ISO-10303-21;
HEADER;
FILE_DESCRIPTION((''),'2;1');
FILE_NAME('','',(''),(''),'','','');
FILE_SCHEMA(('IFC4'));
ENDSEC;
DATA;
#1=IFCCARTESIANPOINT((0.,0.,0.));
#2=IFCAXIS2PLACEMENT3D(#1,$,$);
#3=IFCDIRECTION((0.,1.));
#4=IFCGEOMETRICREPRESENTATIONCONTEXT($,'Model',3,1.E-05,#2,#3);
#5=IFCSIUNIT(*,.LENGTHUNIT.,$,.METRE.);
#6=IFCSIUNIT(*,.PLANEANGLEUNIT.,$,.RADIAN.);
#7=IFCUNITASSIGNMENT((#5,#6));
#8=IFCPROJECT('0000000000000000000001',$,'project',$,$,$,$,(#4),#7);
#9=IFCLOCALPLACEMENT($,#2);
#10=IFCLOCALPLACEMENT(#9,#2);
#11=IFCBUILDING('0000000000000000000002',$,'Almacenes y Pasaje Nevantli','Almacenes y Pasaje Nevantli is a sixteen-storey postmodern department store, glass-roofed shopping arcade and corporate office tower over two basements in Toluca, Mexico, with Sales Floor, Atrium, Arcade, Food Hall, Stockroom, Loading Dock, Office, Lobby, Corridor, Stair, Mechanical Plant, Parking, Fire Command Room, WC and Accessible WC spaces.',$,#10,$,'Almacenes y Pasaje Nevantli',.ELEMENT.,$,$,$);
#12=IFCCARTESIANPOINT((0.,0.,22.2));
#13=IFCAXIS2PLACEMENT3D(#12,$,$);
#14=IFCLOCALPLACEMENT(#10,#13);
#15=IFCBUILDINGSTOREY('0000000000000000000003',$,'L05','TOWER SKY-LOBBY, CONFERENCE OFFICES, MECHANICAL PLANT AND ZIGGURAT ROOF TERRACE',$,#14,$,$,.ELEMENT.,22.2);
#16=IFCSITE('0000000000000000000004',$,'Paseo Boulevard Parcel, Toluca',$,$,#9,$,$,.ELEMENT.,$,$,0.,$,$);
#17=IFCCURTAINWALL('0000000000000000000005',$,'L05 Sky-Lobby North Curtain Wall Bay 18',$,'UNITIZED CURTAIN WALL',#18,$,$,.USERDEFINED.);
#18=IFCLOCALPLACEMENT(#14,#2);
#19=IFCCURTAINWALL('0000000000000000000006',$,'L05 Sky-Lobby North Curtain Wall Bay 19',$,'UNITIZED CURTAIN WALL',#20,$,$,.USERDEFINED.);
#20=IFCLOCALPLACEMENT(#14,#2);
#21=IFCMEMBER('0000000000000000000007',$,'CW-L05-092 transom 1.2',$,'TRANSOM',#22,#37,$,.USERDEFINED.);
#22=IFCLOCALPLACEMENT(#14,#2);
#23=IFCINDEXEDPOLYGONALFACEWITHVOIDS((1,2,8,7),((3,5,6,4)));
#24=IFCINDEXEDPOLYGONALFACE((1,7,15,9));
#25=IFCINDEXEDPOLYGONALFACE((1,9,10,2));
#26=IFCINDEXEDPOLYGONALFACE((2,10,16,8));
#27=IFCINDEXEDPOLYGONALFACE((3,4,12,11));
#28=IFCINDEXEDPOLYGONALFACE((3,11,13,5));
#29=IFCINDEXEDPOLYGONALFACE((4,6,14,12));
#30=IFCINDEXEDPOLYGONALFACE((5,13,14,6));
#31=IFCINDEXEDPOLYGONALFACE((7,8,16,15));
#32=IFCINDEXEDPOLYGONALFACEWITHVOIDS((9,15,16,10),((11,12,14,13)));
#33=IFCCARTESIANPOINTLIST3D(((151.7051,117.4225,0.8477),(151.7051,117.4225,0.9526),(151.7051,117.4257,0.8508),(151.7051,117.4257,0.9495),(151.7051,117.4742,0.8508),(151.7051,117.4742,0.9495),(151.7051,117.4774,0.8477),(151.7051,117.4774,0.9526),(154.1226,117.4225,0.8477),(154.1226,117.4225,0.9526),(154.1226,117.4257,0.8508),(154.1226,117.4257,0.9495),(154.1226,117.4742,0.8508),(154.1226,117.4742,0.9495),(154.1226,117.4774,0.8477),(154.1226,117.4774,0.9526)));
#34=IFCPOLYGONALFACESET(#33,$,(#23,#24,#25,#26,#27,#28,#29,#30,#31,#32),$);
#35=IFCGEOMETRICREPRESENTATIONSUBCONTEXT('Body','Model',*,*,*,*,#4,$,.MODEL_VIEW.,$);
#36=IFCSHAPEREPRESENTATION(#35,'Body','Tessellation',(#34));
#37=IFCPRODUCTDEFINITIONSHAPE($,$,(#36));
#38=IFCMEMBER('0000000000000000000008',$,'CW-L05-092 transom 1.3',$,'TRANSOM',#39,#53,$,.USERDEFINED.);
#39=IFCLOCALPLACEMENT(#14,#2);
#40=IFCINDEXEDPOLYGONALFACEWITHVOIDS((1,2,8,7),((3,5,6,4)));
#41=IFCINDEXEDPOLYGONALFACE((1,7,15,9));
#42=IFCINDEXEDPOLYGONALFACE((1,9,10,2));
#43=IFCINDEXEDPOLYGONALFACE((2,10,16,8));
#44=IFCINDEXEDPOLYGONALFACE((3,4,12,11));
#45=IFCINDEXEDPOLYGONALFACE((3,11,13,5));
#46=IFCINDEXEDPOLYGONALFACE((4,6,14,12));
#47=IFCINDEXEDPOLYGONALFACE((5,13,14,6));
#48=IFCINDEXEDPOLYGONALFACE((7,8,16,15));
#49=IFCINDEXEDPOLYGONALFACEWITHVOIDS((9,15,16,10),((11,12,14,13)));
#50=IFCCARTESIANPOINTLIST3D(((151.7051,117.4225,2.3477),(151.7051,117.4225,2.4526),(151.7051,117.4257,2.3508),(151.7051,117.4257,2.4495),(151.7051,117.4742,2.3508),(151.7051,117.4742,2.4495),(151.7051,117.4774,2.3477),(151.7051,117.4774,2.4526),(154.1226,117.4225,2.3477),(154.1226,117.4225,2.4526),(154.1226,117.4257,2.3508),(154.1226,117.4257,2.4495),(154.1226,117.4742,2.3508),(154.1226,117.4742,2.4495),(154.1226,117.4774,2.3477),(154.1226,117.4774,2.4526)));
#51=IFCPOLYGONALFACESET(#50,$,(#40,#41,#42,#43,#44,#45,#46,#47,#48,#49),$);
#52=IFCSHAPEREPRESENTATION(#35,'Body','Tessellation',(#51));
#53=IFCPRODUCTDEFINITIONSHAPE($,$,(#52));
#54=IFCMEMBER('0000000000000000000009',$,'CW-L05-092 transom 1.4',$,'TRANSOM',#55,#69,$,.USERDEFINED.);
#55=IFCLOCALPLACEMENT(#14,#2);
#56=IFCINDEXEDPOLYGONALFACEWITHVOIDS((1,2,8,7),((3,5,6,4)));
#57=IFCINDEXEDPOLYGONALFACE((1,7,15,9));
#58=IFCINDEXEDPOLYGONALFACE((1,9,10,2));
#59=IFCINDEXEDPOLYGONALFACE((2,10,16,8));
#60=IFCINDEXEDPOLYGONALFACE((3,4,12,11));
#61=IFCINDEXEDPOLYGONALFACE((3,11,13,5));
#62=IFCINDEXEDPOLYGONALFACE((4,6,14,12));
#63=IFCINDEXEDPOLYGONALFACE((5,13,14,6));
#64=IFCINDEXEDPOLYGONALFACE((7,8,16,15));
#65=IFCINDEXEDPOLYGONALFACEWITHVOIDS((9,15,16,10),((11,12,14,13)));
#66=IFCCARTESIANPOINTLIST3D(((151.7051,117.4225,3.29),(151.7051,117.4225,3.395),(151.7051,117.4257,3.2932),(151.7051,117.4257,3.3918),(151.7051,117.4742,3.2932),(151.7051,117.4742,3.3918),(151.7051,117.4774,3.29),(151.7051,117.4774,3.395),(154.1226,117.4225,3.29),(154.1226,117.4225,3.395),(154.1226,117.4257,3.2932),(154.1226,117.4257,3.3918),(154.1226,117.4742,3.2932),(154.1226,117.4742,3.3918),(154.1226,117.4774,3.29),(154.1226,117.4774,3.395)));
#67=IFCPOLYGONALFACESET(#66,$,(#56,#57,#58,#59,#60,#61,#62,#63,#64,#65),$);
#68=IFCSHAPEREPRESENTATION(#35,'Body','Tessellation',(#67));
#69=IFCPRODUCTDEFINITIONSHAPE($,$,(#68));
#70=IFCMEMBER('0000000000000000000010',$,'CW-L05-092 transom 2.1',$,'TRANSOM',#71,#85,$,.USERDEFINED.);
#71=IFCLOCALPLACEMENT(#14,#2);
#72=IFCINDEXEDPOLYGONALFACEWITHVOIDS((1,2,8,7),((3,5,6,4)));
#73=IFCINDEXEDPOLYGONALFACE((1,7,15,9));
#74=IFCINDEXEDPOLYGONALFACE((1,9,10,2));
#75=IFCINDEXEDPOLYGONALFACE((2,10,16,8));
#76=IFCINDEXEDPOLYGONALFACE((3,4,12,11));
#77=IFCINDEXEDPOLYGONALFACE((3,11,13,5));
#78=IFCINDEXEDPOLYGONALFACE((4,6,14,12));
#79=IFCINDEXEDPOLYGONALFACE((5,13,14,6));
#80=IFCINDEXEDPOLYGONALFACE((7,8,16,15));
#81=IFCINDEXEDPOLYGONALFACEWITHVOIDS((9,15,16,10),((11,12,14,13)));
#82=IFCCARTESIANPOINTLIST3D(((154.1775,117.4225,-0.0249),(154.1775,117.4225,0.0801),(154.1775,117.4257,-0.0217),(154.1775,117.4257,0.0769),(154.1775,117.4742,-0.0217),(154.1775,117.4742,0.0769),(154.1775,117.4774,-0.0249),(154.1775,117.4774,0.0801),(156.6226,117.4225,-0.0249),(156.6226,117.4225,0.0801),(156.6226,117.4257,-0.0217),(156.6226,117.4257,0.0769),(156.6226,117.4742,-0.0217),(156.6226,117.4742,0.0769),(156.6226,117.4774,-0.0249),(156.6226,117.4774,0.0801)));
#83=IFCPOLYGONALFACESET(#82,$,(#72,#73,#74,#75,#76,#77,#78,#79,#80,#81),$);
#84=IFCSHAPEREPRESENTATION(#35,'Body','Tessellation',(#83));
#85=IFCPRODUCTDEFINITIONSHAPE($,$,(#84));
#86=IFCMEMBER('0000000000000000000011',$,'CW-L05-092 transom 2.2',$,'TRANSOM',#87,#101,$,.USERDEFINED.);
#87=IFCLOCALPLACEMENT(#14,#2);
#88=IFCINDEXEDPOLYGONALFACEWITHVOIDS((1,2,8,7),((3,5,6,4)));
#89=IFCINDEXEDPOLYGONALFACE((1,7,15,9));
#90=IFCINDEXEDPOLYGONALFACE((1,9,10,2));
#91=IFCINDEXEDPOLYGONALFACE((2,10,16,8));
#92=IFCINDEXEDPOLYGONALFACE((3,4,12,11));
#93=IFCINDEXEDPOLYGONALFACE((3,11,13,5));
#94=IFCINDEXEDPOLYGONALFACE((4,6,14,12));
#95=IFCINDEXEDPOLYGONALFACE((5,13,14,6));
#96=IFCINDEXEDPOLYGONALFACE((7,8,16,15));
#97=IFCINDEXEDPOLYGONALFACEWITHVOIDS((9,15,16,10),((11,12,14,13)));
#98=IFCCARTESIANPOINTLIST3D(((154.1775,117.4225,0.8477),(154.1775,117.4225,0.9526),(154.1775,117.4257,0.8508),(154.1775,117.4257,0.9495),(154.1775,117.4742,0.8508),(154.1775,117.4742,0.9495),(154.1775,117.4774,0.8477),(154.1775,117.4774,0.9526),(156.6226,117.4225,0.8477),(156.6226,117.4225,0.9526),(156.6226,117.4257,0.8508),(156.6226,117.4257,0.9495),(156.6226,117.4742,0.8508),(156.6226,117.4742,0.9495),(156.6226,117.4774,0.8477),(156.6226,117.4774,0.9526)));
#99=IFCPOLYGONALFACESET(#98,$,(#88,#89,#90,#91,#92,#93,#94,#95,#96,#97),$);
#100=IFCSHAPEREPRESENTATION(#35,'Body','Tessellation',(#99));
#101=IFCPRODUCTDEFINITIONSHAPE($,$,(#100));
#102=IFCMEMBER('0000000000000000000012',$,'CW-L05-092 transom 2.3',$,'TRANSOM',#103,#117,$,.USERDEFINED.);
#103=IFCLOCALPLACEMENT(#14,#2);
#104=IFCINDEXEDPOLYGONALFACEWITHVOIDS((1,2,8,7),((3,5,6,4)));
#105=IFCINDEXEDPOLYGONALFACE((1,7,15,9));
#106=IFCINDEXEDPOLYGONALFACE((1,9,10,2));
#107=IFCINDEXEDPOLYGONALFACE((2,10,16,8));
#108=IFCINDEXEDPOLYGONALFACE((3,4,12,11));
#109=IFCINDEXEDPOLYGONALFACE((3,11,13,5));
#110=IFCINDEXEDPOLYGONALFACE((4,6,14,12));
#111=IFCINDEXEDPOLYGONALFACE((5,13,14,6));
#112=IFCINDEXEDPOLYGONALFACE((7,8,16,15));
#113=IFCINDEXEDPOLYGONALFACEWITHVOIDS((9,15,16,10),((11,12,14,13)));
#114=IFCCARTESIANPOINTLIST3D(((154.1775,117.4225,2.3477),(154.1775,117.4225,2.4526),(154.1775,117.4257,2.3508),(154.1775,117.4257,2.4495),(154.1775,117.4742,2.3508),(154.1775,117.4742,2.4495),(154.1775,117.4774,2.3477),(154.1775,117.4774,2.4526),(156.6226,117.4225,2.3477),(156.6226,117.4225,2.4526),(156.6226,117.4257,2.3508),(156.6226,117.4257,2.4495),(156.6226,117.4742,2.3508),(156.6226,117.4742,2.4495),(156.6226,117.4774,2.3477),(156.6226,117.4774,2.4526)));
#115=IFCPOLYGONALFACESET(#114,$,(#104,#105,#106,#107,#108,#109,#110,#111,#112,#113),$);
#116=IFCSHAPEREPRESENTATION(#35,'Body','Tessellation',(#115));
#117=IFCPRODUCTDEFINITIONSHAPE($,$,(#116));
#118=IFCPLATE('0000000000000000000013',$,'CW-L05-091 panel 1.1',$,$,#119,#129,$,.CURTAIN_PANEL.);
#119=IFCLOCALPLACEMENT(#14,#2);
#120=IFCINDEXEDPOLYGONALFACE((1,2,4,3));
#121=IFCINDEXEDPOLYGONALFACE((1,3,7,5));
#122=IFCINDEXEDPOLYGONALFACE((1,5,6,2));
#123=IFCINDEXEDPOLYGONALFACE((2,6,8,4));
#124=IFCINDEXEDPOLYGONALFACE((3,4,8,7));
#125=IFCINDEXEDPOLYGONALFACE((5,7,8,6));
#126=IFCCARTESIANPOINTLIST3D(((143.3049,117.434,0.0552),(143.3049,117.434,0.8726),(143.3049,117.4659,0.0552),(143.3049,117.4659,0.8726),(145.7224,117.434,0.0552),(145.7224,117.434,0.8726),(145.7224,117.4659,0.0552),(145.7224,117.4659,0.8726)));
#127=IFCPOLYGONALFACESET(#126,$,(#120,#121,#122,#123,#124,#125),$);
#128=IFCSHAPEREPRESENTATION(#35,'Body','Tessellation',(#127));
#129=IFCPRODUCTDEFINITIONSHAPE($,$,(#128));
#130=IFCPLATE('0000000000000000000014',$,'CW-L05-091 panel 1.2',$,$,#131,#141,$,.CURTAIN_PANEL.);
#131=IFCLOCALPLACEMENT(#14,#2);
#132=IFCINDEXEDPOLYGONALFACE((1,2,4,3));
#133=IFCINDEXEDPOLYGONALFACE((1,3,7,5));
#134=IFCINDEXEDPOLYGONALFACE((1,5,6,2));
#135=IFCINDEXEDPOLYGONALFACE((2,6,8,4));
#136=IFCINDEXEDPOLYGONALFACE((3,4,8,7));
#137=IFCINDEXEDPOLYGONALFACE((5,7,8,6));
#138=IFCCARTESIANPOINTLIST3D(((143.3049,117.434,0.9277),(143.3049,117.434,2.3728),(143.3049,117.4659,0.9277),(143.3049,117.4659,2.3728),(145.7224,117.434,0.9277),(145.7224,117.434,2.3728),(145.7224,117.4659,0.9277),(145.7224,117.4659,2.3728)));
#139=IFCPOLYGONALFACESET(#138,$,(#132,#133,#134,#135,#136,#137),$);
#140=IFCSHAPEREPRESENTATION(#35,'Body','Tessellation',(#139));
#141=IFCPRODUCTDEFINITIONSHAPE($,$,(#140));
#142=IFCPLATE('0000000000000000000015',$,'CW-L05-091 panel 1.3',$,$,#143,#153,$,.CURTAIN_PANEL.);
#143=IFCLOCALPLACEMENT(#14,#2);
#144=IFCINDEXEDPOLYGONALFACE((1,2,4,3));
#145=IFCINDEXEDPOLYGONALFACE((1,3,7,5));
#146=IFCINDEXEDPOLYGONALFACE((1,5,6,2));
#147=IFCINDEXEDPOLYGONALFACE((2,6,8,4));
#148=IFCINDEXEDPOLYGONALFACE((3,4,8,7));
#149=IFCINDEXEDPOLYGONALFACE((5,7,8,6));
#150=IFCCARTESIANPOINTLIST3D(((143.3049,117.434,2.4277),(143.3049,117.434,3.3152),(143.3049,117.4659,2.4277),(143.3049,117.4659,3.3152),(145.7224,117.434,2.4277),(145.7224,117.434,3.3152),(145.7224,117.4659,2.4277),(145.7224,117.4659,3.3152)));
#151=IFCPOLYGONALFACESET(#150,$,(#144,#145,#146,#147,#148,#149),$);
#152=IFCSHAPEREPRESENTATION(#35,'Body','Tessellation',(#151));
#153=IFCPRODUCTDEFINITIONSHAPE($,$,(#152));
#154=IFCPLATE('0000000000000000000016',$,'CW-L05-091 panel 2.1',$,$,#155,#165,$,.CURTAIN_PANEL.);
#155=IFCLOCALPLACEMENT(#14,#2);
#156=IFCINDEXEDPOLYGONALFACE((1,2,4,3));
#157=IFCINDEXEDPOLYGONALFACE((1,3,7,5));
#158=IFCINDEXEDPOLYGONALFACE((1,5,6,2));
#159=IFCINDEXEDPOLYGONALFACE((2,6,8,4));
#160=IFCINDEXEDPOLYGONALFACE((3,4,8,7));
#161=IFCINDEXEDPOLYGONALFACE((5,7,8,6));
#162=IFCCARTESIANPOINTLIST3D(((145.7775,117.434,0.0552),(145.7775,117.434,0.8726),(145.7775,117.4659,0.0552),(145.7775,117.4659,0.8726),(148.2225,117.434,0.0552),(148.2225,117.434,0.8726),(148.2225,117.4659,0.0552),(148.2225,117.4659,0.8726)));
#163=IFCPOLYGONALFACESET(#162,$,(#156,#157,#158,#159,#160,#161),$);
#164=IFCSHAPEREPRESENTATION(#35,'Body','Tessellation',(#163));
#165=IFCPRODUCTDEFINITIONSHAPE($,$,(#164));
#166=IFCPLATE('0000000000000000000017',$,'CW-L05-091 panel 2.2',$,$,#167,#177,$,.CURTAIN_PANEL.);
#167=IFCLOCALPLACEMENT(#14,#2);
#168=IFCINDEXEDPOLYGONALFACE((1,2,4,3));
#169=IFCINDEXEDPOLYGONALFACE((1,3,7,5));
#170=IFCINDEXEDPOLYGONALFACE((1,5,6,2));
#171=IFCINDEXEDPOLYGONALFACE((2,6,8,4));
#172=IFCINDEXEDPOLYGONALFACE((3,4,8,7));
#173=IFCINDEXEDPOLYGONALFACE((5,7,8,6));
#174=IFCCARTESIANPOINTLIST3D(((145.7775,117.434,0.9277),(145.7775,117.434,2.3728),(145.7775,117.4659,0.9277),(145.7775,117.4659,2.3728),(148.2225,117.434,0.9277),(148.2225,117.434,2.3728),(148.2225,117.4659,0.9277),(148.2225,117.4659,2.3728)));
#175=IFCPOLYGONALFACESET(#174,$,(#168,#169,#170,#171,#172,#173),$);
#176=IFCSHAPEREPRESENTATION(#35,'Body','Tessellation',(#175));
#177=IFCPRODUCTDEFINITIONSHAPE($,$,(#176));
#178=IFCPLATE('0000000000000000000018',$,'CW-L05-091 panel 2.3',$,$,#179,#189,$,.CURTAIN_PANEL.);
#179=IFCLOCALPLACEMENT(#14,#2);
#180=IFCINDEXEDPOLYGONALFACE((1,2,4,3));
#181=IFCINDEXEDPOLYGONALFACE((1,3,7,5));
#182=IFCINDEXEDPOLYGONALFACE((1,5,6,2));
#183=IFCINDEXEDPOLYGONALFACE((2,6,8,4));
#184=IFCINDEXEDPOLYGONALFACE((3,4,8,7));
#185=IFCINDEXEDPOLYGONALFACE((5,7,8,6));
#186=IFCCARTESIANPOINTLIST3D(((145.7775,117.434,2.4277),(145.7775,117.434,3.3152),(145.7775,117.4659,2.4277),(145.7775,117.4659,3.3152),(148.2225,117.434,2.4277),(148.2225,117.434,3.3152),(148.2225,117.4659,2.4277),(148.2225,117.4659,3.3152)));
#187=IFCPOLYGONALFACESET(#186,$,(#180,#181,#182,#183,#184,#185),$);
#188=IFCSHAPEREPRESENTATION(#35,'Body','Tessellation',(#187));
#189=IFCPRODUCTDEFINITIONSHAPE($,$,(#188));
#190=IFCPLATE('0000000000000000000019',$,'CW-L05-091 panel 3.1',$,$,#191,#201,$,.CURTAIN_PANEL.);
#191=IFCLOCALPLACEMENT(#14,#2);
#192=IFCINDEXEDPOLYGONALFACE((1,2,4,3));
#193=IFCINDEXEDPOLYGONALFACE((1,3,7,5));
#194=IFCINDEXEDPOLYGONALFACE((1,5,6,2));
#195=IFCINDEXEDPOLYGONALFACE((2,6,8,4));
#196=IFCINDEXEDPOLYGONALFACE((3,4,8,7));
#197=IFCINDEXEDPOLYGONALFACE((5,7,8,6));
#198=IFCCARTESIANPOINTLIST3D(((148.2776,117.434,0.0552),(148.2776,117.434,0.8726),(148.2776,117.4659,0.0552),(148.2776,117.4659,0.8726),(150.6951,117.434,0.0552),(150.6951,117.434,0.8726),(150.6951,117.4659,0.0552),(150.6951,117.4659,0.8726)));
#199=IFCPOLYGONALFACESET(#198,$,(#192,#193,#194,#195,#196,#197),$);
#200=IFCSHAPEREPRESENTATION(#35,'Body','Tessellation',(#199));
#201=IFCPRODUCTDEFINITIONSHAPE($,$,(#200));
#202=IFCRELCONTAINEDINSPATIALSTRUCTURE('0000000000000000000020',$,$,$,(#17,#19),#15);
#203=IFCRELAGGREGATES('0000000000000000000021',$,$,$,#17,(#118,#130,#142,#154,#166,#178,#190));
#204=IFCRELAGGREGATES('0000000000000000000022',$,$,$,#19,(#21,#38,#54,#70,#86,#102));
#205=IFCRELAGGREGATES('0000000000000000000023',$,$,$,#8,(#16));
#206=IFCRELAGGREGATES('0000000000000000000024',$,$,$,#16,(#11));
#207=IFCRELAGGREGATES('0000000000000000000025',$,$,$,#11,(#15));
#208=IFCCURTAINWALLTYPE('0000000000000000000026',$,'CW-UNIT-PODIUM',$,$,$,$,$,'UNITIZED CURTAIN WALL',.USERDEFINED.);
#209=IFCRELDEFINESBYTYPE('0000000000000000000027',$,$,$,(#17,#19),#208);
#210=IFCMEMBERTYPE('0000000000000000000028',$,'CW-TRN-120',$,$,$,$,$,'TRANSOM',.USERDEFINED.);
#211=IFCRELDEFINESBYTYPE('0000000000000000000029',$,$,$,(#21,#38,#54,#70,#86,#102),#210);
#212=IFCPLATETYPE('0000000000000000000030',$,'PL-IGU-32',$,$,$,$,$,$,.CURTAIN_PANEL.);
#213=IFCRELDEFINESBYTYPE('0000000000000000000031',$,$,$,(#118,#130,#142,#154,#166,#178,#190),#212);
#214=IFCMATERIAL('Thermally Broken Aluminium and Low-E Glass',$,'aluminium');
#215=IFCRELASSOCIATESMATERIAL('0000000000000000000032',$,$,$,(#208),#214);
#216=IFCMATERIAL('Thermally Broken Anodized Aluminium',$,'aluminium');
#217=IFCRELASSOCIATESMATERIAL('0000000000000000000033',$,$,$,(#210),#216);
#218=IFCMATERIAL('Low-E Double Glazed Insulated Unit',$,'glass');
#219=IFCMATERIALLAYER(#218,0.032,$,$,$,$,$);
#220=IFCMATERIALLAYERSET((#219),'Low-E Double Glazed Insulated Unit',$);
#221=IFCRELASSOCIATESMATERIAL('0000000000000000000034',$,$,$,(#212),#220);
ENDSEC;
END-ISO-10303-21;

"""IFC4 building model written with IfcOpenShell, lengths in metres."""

from ifc_helpers import new_model, si_unit, direction, frame, origin, origin_2d, place, context, subcontext, project, spatial, rectangle, hollow_rectangle, extrude, material, layer, layer_set, material_profile, profile_set, type_object, element, aggregate, save


model = new_model("IFC4")

# Units and contexts
model_context = context("Model", 3, precision=1e-05, world=origin(), true_north=direction((0.0, 1.0)))
body_context = subcontext(model_context, "Body", "Model", "MODEL_VIEW")
ifc_project = project(units=[si_unit("LENGTHUNIT", "METRE"), si_unit("PLANEANGLEUNIT", "RADIAN")], contexts=[model_context])

# Site, building, storey
site_placement = place(None, origin())
site = spatial("IfcSite", under=ifc_project, at=site_placement, Name="Paseo Boulevard Parcel, Toluca", CompositionType="ELEMENT", RefElevation=0.0)
building_placement = place(site_placement, origin())
building = spatial("IfcBuilding", under=site, at=building_placement, Name="Almacenes y Pasaje Nevantli", Description="Almacenes y Pasaje Nevantli is a sixteen-storey postmodern department store, glass-roofed shopping arcade and corporate office tower over two basements in Toluca, Mexico, with Sales Floor, Atrium, Arcade, Food Hall, Stockroom, Loading Dock, Office, Lobby, Corridor, Stair, Mechanical Plant, Parking, Fire Command Room, WC and Accessible WC spaces.", LongName="Almacenes y Pasaje Nevantli", CompositionType="ELEMENT")
storey_placement = place(building_placement, frame((0.0, 0.0, 22.2)))
storey = spatial("IfcBuildingStorey", under=building, at=storey_placement, Name="L05", Description="TOWER SKY-LOBBY, CONFERENCE OFFICES, MECHANICAL PLANT AND ZIGGURAT ROOF TERRACE", CompositionType="ELEMENT", Elevation=22.2)

# Curtain walls
ifc_material_1 = material(Name="Thermally Broken Aluminium and Low-E Glass", Category="aluminium")
curtain_wall_type = type_object("IfcCurtainWallType", Name="CW-UNIT-PODIUM", ElementType="UNITIZED CURTAIN WALL", PredefinedType="USERDEFINED", material=ifc_material_1)
curtain_wall_1_placement = place(storey_placement, origin())
curtain_wall_1 = element("IfcCurtainWall", 1, at=curtain_wall_1_placement, inside=storey, type_object=curtain_wall_type, Name="L05 Sky-Lobby North Curtain Wall Bay 18", ObjectType="UNITIZED CURTAIN WALL", PredefinedType="USERDEFINED")
curtain_wall_2_placement = place(storey_placement, origin())
curtain_wall_2 = element("IfcCurtainWall", 2, at=curtain_wall_2_placement, inside=storey, type_object=curtain_wall_type, Name="L05 Sky-Lobby North Curtain Wall Bay 19", ObjectType="UNITIZED CURTAIN WALL", PredefinedType="USERDEFINED")

# Members
ifc_material_2 = material(Name="Thermally Broken Anodized Aluminium", Category="aluminium")
ifc_material_profile_1 = material_profile(ifc_material_2, hollow_rectangle(XDim=0.0549, YDim=0.105, WallThickness=0.0032, at=origin_2d()), Name="ALU-TRN-55x105")
ifc_profile_set_1 = profile_set([ifc_material_profile_1], Name="Thermally Broken Anodized Aluminium")
member_type_1 = type_object("IfcMemberType", Name="CW-TRN-120", ElementType="TRANSOM", PredefinedType="USERDEFINED", material=ifc_profile_set_1)
member_1_placement = place(storey_placement, frame((151.7051, 117.45, 0.9001), z_axis=(1.0, 0.0, 0.0), x_axis=(0.0, 1.0, 0.0)))
member_1 = element("IfcMember", 3, at=member_1_placement, type_object=member_type_1, Name="CW-L05-092 transom 1.2", ObjectType="TRANSOM", PredefinedType="USERDEFINED", context=body_context, shape_type="SweptSolid", body=[
    extrude(hollow_rectangle(XDim=0.0549, YDim=0.105, WallThickness=0.0032, at=origin_2d()), origin(), (0.0, 0.0, 1.0), 2.4175),
])
member_2_placement = place(storey_placement, frame((151.7051, 117.45, 2.4001), z_axis=(1.0, 0.0, 0.0), x_axis=(0.0, 1.0, 0.0)))
member_2 = element("IfcMember", 4, at=member_2_placement, type_object=member_type_1, Name="CW-L05-092 transom 1.3", ObjectType="TRANSOM", PredefinedType="USERDEFINED", context=body_context, shape_type="SweptSolid", body=[
    extrude(hollow_rectangle(XDim=0.0549, YDim=0.105, WallThickness=0.0032, at=origin_2d()), origin(), (0.0, 0.0, 1.0), 2.4175),
])
member_3_placement = place(storey_placement, frame((151.7051, 117.45, 3.3425), z_axis=(1.0, 0.0, 0.0), x_axis=(0.0, 1.0, 0.0)))
member_3 = element("IfcMember", 5, at=member_3_placement, type_object=member_type_1, Name="CW-L05-092 transom 1.4", ObjectType="TRANSOM", PredefinedType="USERDEFINED", context=body_context, shape_type="SweptSolid", body=[
    extrude(hollow_rectangle(XDim=0.0549, YDim=0.105, WallThickness=0.0032, at=origin_2d()), origin(), (0.0, 0.0, 1.0), 2.4175),
])
member_4_placement = place(storey_placement, frame((154.1775, 117.45, 0.0276), z_axis=(1.0, 0.0, 0.0), x_axis=(0.0, 1.0, 0.0)))
member_4 = element("IfcMember", 6, at=member_4_placement, type_object=member_type_1, Name="CW-L05-092 transom 2.1", ObjectType="TRANSOM", PredefinedType="USERDEFINED", context=body_context, shape_type="SweptSolid", body=[
    extrude(hollow_rectangle(XDim=0.0549, YDim=0.105, WallThickness=0.0032, at=origin_2d()), origin(), (0.0, 0.0, 1.0), 2.4451),
])
member_5_placement = place(storey_placement, frame((154.1775, 117.45, 0.9001), z_axis=(1.0, 0.0, 0.0), x_axis=(0.0, 1.0, 0.0)))
member_5 = element("IfcMember", 7, at=member_5_placement, type_object=member_type_1, Name="CW-L05-092 transom 2.2", ObjectType="TRANSOM", PredefinedType="USERDEFINED", context=body_context, shape_type="SweptSolid", body=[
    extrude(hollow_rectangle(XDim=0.0549, YDim=0.105, WallThickness=0.0032, at=origin_2d()), origin(), (0.0, 0.0, 1.0), 2.4451),
])
member_6_placement = place(storey_placement, frame((154.1775, 117.45, 2.4001), z_axis=(1.0, 0.0, 0.0), x_axis=(0.0, 1.0, 0.0)))
member_6 = element("IfcMember", 8, at=member_6_placement, type_object=member_type_1, Name="CW-L05-092 transom 2.3", ObjectType="TRANSOM", PredefinedType="USERDEFINED", context=body_context, shape_type="SweptSolid", body=[
    extrude(hollow_rectangle(XDim=0.0549, YDim=0.105, WallThickness=0.0032, at=origin_2d()), origin(), (0.0, 0.0, 1.0), 2.4451),
])

# Plates
ifc_material_3 = material(Name="Low-E Double Glazed Insulated Unit", Category="glass")
ifc_layer = layer(ifc_material_3, 0.032)
ifc_layer_set = layer_set([ifc_layer], Name="Low-E Double Glazed Insulated Unit")
plate_type = type_object("IfcPlateType", Name="PL-IGU-32", PredefinedType="CURTAIN_PANEL", material=ifc_layer_set)
plate_1_placement = place(storey_placement, frame((144.5137, 117.45, 0.0552), z_axis=(0.0, 0.0, 1.0), x_axis=(1.0, 0.0, 0.0)))
plate_1 = element("IfcPlate", 9, at=plate_1_placement, type_object=plate_type, Name="CW-L05-091 panel 1.1", PredefinedType="CURTAIN_PANEL", context=body_context, shape_type="SweptSolid", body=[
    extrude(rectangle(XDim=2.4175, YDim=0.032, at=origin_2d()), origin(), (0.0, 0.0, 1.0), 0.8174),
])
plate_2_placement = place(storey_placement, frame((144.5137, 117.45, 0.9277), z_axis=(0.0, 0.0, 1.0), x_axis=(1.0, 0.0, 0.0)))
plate_2 = element("IfcPlate", 10, at=plate_2_placement, type_object=plate_type, Name="CW-L05-091 panel 1.2", PredefinedType="CURTAIN_PANEL", context=body_context, shape_type="SweptSolid", body=[
    extrude(rectangle(XDim=2.4175, YDim=0.032, at=origin_2d()), origin(), (0.0, 0.0, 1.0), 1.4451),
])
plate_3_placement = place(storey_placement, frame((144.5137, 117.45, 2.4277), z_axis=(0.0, 0.0, 1.0), x_axis=(1.0, 0.0, 0.0)))
plate_3 = element("IfcPlate", 11, at=plate_3_placement, type_object=plate_type, Name="CW-L05-091 panel 1.3", PredefinedType="CURTAIN_PANEL", context=body_context, shape_type="SweptSolid", body=[
    extrude(rectangle(XDim=2.4175, YDim=0.032, at=origin_2d()), origin(), (0.0, 0.0, 1.0), 0.8875),
])
plate_4_placement = place(storey_placement, frame((147.0, 117.45, 0.0552), z_axis=(0.0, 0.0, 1.0), x_axis=(1.0, 0.0, 0.0)))
plate_4 = element("IfcPlate", 12, at=plate_4_placement, type_object=plate_type, Name="CW-L05-091 panel 2.1", PredefinedType="CURTAIN_PANEL", context=body_context, shape_type="SweptSolid", body=[
    extrude(rectangle(XDim=2.4451, YDim=0.032, at=origin_2d()), origin(), (0.0, 0.0, 1.0), 0.8174),
])
plate_5_placement = place(storey_placement, frame((147.0, 117.45, 0.9277), z_axis=(0.0, 0.0, 1.0), x_axis=(1.0, 0.0, 0.0)))
plate_5 = element("IfcPlate", 13, at=plate_5_placement, type_object=plate_type, Name="CW-L05-091 panel 2.2", PredefinedType="CURTAIN_PANEL", context=body_context, shape_type="SweptSolid", body=[
    extrude(rectangle(XDim=2.4451, YDim=0.032, at=origin_2d()), origin(), (0.0, 0.0, 1.0), 1.4451),
])
plate_6_placement = place(storey_placement, frame((147.0, 117.45, 2.4277), z_axis=(0.0, 0.0, 1.0), x_axis=(1.0, 0.0, 0.0)))
plate_6 = element("IfcPlate", 14, at=plate_6_placement, type_object=plate_type, Name="CW-L05-091 panel 2.3", PredefinedType="CURTAIN_PANEL", context=body_context, shape_type="SweptSolid", body=[
    extrude(rectangle(XDim=2.4451, YDim=0.032, at=origin_2d()), origin(), (0.0, 0.0, 1.0), 0.8875),
])
plate_7_placement = place(storey_placement, frame((149.4863, 117.45, 0.0552), z_axis=(0.0, 0.0, 1.0), x_axis=(1.0, 0.0, 0.0)))
plate_7 = element("IfcPlate", 15, at=plate_7_placement, type_object=plate_type, Name="CW-L05-091 panel 3.1", PredefinedType="CURTAIN_PANEL", context=body_context, shape_type="SweptSolid", body=[
    extrude(rectangle(XDim=2.4175, YDim=0.032, at=origin_2d()), origin(), (0.0, 0.0, 1.0), 0.8174),
])
aggregate(curtain_wall_1, [plate_1, plate_2, plate_3, plate_4, plate_5, plate_6, plate_7])
aggregate(curtain_wall_2, [member_1, member_2, member_3, member_4, member_5, member_6])

save(model, "model.ifc")
